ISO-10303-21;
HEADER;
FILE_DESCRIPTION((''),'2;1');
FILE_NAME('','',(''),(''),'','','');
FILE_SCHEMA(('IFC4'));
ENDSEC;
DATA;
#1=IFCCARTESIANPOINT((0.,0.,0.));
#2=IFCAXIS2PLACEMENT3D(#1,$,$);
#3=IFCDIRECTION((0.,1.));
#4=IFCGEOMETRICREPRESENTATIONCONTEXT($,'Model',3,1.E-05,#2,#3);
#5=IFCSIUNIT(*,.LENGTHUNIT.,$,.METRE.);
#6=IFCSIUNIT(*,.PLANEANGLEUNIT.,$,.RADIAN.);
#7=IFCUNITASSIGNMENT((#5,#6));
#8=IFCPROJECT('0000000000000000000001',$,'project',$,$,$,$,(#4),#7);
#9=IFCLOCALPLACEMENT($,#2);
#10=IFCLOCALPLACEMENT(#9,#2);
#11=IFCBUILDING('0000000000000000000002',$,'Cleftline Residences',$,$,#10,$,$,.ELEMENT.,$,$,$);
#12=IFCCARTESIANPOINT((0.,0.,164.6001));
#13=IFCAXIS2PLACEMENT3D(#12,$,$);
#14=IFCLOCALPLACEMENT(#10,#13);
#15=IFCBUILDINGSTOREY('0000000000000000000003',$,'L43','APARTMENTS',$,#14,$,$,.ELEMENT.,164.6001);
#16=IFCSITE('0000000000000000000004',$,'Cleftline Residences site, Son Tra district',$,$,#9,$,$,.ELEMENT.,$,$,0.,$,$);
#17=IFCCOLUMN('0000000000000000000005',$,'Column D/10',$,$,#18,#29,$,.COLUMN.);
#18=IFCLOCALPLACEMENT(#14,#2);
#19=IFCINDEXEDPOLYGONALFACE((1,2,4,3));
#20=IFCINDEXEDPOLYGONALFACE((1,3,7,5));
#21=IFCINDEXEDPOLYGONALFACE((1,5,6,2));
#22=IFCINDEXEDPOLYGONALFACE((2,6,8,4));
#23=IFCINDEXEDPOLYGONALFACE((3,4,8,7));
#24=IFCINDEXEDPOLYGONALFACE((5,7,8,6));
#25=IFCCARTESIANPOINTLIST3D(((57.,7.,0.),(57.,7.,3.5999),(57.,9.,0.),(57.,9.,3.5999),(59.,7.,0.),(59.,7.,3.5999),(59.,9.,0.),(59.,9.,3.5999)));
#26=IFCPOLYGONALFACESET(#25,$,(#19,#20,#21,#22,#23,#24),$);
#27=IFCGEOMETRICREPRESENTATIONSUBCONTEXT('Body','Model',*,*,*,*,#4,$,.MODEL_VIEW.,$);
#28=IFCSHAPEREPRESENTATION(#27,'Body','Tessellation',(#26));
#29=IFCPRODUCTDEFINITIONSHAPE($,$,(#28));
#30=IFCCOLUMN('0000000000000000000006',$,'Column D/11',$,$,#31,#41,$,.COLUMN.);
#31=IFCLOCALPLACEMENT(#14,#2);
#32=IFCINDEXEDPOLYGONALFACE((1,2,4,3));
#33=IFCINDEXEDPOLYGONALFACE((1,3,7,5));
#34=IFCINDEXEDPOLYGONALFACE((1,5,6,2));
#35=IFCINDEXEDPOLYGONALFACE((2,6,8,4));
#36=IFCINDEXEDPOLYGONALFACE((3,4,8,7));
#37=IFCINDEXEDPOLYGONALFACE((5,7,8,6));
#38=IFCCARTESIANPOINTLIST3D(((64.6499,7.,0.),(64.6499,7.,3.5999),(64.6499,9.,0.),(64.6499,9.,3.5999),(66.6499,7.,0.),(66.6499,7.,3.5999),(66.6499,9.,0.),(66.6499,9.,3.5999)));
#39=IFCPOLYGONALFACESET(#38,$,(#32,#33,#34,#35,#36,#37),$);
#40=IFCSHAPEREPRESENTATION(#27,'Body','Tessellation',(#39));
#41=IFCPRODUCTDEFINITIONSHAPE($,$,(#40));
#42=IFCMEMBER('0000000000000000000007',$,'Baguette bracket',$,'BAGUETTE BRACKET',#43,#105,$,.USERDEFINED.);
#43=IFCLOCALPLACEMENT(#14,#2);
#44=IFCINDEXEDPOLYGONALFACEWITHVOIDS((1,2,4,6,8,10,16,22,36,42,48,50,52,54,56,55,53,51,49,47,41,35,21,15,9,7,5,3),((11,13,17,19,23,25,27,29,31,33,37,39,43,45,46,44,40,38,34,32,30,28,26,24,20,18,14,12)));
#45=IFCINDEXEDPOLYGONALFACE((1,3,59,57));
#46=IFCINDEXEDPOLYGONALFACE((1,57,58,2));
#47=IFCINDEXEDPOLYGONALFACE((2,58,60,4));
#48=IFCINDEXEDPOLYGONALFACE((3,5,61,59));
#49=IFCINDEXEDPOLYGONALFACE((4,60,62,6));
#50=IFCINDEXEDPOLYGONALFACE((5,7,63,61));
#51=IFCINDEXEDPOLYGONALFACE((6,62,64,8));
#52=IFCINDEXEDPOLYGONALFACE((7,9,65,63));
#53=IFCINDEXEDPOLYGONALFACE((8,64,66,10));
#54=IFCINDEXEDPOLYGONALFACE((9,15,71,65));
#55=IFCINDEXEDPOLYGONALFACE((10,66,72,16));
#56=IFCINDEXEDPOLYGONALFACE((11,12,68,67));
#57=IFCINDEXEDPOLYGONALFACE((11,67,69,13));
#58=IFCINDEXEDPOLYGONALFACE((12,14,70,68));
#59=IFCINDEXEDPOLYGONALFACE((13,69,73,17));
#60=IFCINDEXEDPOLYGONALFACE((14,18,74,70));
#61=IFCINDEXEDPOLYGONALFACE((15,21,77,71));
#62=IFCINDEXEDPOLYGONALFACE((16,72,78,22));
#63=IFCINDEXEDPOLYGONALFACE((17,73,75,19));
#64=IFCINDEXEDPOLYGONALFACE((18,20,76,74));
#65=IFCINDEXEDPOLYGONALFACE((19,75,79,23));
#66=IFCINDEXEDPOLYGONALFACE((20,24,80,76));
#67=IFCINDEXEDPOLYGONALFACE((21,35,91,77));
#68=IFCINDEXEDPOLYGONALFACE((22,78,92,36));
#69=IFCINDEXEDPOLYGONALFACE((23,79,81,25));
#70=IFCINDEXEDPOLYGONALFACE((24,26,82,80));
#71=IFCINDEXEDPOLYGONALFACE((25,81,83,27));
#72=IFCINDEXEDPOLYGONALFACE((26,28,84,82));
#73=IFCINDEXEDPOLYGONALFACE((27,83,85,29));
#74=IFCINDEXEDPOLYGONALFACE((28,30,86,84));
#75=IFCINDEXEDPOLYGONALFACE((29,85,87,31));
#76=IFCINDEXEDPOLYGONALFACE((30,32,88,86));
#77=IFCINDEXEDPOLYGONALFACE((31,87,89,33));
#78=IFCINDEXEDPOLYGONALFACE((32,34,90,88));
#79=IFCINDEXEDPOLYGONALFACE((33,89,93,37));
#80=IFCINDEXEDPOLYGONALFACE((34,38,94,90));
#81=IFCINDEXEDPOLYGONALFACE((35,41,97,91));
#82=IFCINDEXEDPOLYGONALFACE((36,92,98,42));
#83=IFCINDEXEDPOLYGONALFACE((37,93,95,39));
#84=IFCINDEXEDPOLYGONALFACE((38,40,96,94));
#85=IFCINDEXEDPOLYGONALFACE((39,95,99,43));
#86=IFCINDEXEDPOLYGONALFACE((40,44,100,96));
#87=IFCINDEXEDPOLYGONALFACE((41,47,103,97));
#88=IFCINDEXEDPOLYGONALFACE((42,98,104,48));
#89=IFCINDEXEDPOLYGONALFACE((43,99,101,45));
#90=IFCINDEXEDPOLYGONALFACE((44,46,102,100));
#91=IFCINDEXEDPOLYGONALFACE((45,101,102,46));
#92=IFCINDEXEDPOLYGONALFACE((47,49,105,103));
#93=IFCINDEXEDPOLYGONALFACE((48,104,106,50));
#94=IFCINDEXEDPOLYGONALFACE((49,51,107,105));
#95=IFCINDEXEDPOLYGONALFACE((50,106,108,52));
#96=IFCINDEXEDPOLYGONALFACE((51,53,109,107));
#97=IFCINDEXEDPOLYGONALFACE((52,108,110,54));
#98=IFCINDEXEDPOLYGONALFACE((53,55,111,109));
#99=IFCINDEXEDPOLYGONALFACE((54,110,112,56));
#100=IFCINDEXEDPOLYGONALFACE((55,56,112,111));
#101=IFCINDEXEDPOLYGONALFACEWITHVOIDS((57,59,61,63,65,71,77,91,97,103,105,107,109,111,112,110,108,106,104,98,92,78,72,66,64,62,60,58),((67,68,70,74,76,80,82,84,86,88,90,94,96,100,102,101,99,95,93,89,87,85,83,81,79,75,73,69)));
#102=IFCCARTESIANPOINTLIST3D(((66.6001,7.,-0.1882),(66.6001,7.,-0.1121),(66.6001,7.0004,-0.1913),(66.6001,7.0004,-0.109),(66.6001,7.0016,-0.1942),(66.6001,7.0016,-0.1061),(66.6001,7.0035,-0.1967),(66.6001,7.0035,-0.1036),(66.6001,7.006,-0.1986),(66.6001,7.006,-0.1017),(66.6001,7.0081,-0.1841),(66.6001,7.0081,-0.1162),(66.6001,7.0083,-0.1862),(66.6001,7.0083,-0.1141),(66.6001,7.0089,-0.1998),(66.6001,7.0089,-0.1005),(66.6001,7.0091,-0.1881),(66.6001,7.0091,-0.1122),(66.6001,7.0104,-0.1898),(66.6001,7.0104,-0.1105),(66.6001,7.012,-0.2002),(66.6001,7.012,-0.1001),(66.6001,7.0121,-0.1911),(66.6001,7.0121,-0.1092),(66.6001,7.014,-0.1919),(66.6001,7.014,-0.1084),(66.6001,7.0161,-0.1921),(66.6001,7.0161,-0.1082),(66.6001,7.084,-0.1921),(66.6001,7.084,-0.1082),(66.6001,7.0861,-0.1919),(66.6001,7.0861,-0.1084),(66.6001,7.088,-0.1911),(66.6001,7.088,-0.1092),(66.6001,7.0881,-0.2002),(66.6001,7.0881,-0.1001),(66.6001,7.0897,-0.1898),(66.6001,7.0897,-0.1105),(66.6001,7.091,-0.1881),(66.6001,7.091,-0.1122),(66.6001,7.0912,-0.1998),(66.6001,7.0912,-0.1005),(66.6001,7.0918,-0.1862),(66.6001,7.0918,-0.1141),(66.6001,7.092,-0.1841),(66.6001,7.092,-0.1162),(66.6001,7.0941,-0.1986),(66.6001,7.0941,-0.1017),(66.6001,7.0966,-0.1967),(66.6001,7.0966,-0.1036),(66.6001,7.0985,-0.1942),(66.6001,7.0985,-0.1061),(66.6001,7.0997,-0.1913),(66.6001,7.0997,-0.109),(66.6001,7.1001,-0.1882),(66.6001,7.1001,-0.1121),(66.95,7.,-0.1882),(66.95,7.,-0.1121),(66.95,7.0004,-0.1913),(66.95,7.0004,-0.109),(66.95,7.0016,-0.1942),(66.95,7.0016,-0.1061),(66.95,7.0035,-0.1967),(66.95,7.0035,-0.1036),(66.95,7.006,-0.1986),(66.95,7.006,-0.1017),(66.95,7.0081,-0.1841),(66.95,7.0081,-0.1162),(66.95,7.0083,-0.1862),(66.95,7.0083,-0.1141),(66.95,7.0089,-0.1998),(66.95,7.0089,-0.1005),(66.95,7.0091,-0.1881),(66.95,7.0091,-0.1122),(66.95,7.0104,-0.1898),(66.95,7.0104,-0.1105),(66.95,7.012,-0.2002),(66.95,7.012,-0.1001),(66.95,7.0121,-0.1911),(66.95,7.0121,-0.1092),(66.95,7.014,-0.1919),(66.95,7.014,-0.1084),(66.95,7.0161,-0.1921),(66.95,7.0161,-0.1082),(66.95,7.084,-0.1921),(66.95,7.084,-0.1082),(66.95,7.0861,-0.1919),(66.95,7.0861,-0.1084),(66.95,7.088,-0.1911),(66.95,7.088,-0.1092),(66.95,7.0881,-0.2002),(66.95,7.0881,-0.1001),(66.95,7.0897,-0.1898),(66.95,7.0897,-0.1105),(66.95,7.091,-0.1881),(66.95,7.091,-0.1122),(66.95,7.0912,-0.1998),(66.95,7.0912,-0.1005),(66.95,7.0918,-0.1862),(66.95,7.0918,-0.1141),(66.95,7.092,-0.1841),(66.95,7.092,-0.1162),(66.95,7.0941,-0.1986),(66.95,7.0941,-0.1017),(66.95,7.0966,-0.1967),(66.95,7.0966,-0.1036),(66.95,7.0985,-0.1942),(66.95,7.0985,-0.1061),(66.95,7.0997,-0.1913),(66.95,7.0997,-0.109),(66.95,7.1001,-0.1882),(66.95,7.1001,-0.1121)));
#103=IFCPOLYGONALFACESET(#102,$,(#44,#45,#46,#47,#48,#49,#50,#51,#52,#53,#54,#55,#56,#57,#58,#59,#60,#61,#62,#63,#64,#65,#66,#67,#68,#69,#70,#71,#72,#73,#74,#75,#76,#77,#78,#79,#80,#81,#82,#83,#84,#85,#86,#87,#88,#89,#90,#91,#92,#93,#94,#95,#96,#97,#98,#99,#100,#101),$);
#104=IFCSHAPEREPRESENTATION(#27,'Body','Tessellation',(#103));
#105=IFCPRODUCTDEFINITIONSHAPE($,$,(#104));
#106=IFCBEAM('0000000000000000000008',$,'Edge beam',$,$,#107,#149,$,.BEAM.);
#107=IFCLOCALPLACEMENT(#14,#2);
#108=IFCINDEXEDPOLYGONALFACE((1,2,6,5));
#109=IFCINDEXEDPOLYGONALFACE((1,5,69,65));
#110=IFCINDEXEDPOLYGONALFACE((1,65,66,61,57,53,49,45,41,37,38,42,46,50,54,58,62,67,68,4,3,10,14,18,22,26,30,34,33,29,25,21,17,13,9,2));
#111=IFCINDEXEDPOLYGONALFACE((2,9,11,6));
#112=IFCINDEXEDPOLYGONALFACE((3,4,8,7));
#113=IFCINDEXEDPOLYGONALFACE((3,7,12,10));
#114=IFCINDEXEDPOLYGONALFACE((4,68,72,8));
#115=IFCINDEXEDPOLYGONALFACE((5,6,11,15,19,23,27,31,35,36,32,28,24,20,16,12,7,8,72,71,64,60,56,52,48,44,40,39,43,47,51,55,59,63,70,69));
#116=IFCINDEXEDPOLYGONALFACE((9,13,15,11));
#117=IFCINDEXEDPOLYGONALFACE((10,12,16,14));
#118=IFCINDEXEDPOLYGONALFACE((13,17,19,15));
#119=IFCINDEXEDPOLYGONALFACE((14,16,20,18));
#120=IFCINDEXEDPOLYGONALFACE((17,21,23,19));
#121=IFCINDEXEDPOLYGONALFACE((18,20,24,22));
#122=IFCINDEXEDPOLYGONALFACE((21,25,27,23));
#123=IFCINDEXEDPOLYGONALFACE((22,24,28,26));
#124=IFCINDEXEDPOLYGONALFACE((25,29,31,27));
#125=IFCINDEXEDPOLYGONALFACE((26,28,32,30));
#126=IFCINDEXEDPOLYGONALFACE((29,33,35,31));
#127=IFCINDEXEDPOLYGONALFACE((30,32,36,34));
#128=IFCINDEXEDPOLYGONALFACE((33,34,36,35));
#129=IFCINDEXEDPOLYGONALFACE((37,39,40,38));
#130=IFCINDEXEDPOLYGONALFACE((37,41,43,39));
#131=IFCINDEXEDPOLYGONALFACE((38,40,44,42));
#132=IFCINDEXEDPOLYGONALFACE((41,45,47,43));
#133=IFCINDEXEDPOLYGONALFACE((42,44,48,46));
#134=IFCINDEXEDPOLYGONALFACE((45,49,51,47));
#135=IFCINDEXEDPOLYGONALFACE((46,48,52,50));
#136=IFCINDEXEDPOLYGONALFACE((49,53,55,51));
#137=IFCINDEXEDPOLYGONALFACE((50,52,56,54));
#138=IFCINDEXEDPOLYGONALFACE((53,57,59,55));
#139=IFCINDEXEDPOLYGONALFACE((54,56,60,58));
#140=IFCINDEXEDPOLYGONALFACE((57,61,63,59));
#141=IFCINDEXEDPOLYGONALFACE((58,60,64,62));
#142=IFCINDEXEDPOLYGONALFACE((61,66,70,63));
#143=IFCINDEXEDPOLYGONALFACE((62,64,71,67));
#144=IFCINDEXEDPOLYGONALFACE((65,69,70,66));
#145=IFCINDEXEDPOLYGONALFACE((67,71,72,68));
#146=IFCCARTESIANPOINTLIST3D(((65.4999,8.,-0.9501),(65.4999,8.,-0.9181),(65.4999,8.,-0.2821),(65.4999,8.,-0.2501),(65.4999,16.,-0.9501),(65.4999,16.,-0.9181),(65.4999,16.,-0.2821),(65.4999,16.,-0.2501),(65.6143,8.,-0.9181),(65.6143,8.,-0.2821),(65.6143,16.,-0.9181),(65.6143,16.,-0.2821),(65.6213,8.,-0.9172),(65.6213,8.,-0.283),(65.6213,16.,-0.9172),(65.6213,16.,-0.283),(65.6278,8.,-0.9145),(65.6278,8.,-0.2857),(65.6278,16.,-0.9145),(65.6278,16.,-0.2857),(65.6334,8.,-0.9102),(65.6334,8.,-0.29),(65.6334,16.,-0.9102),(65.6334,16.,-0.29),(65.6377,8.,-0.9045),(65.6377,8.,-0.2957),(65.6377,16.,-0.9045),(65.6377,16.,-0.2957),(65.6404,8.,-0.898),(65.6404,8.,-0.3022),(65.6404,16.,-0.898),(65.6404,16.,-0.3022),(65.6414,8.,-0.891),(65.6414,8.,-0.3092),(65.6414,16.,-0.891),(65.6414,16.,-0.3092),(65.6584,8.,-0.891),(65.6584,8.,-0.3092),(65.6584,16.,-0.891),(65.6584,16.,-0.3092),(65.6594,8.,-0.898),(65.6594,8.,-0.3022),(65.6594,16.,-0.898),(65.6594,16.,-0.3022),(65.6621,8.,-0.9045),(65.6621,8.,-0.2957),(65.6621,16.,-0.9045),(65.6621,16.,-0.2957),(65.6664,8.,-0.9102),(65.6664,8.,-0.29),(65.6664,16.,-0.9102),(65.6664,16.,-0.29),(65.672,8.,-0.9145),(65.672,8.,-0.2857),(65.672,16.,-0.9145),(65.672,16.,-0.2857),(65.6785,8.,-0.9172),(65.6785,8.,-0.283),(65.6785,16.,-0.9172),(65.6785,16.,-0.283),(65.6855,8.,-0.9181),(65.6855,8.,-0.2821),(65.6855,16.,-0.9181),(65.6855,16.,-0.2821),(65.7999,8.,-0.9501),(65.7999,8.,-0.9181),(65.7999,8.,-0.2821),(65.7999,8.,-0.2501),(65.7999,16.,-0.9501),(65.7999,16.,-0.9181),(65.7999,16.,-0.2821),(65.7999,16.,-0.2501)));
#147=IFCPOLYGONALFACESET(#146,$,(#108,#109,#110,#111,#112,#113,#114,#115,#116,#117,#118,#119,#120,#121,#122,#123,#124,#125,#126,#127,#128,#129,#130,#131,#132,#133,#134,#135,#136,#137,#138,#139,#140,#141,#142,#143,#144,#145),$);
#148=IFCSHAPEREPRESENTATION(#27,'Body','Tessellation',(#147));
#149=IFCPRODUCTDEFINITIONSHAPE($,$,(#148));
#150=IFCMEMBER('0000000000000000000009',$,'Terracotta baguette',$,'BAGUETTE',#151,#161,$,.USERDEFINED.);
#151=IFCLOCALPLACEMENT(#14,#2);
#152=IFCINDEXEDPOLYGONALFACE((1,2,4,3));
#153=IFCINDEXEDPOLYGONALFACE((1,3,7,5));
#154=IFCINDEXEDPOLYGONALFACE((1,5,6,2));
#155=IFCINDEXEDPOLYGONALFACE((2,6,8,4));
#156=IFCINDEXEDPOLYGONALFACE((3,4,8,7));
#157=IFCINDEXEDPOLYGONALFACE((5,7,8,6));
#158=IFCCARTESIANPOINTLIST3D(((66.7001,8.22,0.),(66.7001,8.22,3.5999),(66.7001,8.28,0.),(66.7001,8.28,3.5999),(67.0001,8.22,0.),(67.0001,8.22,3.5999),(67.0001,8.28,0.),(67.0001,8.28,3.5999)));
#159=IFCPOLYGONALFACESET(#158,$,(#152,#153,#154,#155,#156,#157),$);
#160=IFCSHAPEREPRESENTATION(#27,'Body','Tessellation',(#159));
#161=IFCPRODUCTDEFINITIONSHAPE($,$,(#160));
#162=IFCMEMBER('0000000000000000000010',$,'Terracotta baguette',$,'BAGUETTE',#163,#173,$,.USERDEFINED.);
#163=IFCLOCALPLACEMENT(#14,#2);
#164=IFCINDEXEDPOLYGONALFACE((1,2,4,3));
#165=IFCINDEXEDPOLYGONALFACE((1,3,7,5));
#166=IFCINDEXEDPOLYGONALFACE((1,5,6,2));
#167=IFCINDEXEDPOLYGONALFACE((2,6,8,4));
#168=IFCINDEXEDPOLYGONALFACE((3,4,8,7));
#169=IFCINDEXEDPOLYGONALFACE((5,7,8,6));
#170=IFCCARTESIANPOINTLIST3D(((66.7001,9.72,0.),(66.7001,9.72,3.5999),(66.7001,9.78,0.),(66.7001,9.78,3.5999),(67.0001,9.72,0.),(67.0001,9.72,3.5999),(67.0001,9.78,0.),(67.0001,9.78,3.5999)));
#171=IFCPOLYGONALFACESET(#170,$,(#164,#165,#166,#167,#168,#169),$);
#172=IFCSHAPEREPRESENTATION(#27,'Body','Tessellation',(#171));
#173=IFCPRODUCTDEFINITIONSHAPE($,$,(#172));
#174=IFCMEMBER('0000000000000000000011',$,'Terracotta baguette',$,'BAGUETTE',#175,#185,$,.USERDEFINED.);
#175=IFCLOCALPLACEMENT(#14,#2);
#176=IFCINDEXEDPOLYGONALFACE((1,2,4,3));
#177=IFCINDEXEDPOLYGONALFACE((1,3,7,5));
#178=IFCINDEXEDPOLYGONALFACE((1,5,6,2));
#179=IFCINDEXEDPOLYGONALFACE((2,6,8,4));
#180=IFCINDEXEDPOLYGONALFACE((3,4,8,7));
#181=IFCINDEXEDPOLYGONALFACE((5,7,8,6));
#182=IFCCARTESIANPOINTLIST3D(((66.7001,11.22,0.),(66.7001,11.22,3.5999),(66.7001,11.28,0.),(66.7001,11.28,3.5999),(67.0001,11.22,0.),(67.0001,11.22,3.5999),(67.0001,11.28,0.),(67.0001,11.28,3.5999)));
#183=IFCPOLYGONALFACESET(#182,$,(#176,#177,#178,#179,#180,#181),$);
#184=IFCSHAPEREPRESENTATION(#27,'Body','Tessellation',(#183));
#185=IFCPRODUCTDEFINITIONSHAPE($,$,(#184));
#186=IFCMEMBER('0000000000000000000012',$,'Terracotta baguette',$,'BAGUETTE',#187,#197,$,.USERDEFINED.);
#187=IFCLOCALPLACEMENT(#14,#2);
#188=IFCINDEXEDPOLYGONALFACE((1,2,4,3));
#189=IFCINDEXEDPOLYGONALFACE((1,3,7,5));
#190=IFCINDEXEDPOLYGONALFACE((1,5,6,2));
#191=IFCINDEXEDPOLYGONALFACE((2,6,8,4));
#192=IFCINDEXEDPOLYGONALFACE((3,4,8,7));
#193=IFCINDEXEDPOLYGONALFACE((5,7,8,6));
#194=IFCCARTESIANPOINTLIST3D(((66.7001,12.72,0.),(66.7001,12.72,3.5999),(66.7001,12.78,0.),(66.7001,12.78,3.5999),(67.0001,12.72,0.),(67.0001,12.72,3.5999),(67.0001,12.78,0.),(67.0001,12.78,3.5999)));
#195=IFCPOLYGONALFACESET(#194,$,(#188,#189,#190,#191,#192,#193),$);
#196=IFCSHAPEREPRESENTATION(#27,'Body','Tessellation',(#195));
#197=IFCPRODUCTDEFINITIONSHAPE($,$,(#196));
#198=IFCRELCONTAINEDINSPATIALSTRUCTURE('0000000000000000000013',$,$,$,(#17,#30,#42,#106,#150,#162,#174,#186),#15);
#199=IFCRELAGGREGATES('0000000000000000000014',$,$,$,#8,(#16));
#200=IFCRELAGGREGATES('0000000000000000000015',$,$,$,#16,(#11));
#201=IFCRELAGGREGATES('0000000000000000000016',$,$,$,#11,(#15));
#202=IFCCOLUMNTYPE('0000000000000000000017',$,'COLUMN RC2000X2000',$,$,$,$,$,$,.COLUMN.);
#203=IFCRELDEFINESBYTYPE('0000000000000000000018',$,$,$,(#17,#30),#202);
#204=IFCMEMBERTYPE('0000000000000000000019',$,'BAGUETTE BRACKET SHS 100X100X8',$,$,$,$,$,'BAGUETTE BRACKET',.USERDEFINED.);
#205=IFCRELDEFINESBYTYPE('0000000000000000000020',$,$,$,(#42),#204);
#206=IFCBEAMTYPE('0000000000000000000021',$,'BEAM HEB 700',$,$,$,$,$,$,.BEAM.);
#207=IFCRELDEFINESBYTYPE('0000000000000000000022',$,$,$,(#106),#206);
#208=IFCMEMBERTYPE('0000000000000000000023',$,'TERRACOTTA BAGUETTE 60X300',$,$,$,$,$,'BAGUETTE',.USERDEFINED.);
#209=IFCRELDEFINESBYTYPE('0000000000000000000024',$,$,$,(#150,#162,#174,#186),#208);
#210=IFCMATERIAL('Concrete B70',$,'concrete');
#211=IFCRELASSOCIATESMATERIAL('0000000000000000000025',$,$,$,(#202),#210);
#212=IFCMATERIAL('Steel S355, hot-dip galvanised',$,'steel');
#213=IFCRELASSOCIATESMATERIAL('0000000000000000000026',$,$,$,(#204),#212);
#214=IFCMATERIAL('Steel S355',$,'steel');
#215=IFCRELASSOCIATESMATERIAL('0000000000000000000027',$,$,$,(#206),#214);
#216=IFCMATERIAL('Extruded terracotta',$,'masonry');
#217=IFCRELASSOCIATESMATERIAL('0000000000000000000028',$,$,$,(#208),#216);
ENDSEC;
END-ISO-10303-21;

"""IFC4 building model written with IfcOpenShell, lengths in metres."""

from ifc_helpers import new_model, si_unit, direction, frame, origin, origin_2d, place, context, subcontext, project, spatial, rectangle, hollow_rectangle, i_section, extrude, material, material_profile, profile_set, type_object, element, save


model = new_model("IFC4")

# Units and contexts
model_context = context("Model", 3, precision=1e-05, world=origin(), true_north=direction((0.0, 1.0)))
body_context = subcontext(model_context, "Body", "Model", "MODEL_VIEW")
ifc_project = project(units=[si_unit("LENGTHUNIT", "METRE"), si_unit("PLANEANGLEUNIT", "RADIAN")], contexts=[model_context])

# Site, building, storey
site_placement = place(None, origin())
site = spatial("IfcSite", under=ifc_project, at=site_placement, Name="Cleftline Residences site, Son Tra district", CompositionType="ELEMENT", RefElevation=0.0)
building_placement = place(site_placement, origin())
building = spatial("IfcBuilding", under=site, at=building_placement, Name="Cleftline Residences", CompositionType="ELEMENT")
storey_placement = place(building_placement, frame((0.0, 0.0, 164.6001)))
storey = spatial("IfcBuildingStorey", under=building, at=storey_placement, Name="L43", Description="APARTMENTS", CompositionType="ELEMENT", Elevation=164.6001)

# Columns
ifc_material_1 = material(Name="Concrete B70", Category="concrete")
ifc_material_profile_1 = material_profile(ifc_material_1, rectangle(XDim=2.0, YDim=2.0, at=origin_2d()))
ifc_profile_set_1 = profile_set([ifc_material_profile_1], Name="Concrete B70")
column_type = type_object("IfcColumnType", Name="COLUMN RC2000X2000", PredefinedType="COLUMN", material=ifc_profile_set_1)
for number, where, z_axis, x_axis, name in (
    (1, (58.0, 8.0, 0.0), (0.0, 0.0, 1.0), (1.0, 0.0, 0.0), "Column D/10"),
    (2, (65.6499, 8.0, 0.0), (0.0, 0.0, 1.0), (1.0, 0.0, 0.0), "Column D/11"),
):
    element("IfcColumn", number, at=place(storey_placement, frame(where, z_axis=z_axis, x_axis=x_axis)), inside=storey, type_object=column_type, Name=name, PredefinedType="COLUMN", context=body_context, shape_type="SweptSolid", body=[
        extrude(rectangle(XDim=2.0, YDim=2.0, at=origin_2d()), origin(), (0.0, 0.0, 1.0), 3.5999),
    ])

# Member
ifc_material_2 = material(Name="Steel S355, hot-dip galvanised", Category="steel")
ifc_material_profile_2 = material_profile(ifc_material_2, hollow_rectangle(XDim=0.1001, YDim=0.1001, WallThickness=0.0081, InnerFilletRadius=0.0081, OuterFilletRadius=0.012, at=origin_2d()))
ifc_profile_set_2 = profile_set([ifc_material_profile_2], Name="Steel S355, hot-dip galvanised")
member_type_1 = type_object("IfcMemberType", Name="BAGUETTE BRACKET SHS 100X100X8", ElementType="BAGUETTE BRACKET", PredefinedType="USERDEFINED", material=ifc_profile_set_2)
member_placement = place(storey_placement, frame((66.6001, 7.05, -0.1501), z_axis=(1.0, 0.0, 0.0), x_axis=(0.0, 1.0, 0.0)))
element("IfcMember", 3, at=member_placement, inside=storey, type_object=member_type_1, Name="Baguette bracket", ObjectType="BAGUETTE BRACKET", PredefinedType="USERDEFINED", context=body_context, shape_type="SweptSolid", body=[
    extrude(hollow_rectangle(XDim=0.1001, YDim=0.1001, WallThickness=0.0081, InnerFilletRadius=0.0081, OuterFilletRadius=0.012, at=origin_2d()), origin(), (0.0, 0.0, 1.0), 0.3499),
])

# Beam
ifc_material_3 = material(Name="Steel S355", Category="steel")
ifc_material_profile_3 = material_profile(ifc_material_3, i_section(OverallWidth=0.3, OverallDepth=0.7, WebThickness=0.0171, FlangeThickness=0.032, FilletRadius=0.0271, at=origin_2d()))
ifc_profile_set_3 = profile_set([ifc_material_profile_3], Name="Steel S355")
beam_type = type_object("IfcBeamType", Name="BEAM HEB 700", PredefinedType="BEAM", material=ifc_profile_set_3)
beam_placement = place(storey_placement, frame((65.6499, 8.0, -0.6001), z_axis=(0.0, 1.0, 0.0), x_axis=(-1.0, 0.0, 0.0)))
element("IfcBeam", 4, at=beam_placement, inside=storey, type_object=beam_type, Name="Edge beam", PredefinedType="BEAM", context=body_context, shape_type="SweptSolid", body=[
    extrude(i_section(OverallWidth=0.3, OverallDepth=0.7, WebThickness=0.0171, FlangeThickness=0.032, FilletRadius=0.0271, at=origin_2d()), origin(), (0.0, 0.0, 1.0), 8.0),
])

# Members
ifc_material_4 = material(Name="Extruded terracotta", Category="masonry")
ifc_material_profile_4 = material_profile(ifc_material_4, rectangle(XDim=0.0601, YDim=0.3, at=origin_2d()))
ifc_profile_set_4 = profile_set([ifc_material_profile_4], Name="Extruded terracotta")
member_type_2 = type_object("IfcMemberType", Name="TERRACOTTA BAGUETTE 60X300", ElementType="BAGUETTE", PredefinedType="USERDEFINED", material=ifc_profile_set_4)
for number, where, z_axis, x_axis, name in (
    (5, (66.8501, 8.25, 0.0), (0.0, 0.0, 1.0), (0.0, 1.0, 0.0), "Terracotta baguette"),
    (6, (66.8501, 9.75, 0.0), (0.0, 0.0, 1.0), (0.0, 1.0, 0.0), "Terracotta baguette"),
    (7, (66.8501, 11.25, 0.0), (0.0, 0.0, 1.0), (0.0, 1.0, 0.0), "Terracotta baguette"),
    (8, (66.8501, 12.75, 0.0), (0.0, 0.0, 1.0), (0.0, 1.0, 0.0), "Terracotta baguette"),
):
    element("IfcMember", number, at=place(storey_placement, frame(where, z_axis=z_axis, x_axis=x_axis)), inside=storey, type_object=member_type_2, Name=name, ObjectType="BAGUETTE", PredefinedType="USERDEFINED", context=body_context, shape_type="SweptSolid", body=[
        extrude(rectangle(XDim=0.0601, YDim=0.3, at=origin_2d()), origin(), (0.0, 0.0, 1.0), 3.5999),
    ])

save(model, "model.ifc")
